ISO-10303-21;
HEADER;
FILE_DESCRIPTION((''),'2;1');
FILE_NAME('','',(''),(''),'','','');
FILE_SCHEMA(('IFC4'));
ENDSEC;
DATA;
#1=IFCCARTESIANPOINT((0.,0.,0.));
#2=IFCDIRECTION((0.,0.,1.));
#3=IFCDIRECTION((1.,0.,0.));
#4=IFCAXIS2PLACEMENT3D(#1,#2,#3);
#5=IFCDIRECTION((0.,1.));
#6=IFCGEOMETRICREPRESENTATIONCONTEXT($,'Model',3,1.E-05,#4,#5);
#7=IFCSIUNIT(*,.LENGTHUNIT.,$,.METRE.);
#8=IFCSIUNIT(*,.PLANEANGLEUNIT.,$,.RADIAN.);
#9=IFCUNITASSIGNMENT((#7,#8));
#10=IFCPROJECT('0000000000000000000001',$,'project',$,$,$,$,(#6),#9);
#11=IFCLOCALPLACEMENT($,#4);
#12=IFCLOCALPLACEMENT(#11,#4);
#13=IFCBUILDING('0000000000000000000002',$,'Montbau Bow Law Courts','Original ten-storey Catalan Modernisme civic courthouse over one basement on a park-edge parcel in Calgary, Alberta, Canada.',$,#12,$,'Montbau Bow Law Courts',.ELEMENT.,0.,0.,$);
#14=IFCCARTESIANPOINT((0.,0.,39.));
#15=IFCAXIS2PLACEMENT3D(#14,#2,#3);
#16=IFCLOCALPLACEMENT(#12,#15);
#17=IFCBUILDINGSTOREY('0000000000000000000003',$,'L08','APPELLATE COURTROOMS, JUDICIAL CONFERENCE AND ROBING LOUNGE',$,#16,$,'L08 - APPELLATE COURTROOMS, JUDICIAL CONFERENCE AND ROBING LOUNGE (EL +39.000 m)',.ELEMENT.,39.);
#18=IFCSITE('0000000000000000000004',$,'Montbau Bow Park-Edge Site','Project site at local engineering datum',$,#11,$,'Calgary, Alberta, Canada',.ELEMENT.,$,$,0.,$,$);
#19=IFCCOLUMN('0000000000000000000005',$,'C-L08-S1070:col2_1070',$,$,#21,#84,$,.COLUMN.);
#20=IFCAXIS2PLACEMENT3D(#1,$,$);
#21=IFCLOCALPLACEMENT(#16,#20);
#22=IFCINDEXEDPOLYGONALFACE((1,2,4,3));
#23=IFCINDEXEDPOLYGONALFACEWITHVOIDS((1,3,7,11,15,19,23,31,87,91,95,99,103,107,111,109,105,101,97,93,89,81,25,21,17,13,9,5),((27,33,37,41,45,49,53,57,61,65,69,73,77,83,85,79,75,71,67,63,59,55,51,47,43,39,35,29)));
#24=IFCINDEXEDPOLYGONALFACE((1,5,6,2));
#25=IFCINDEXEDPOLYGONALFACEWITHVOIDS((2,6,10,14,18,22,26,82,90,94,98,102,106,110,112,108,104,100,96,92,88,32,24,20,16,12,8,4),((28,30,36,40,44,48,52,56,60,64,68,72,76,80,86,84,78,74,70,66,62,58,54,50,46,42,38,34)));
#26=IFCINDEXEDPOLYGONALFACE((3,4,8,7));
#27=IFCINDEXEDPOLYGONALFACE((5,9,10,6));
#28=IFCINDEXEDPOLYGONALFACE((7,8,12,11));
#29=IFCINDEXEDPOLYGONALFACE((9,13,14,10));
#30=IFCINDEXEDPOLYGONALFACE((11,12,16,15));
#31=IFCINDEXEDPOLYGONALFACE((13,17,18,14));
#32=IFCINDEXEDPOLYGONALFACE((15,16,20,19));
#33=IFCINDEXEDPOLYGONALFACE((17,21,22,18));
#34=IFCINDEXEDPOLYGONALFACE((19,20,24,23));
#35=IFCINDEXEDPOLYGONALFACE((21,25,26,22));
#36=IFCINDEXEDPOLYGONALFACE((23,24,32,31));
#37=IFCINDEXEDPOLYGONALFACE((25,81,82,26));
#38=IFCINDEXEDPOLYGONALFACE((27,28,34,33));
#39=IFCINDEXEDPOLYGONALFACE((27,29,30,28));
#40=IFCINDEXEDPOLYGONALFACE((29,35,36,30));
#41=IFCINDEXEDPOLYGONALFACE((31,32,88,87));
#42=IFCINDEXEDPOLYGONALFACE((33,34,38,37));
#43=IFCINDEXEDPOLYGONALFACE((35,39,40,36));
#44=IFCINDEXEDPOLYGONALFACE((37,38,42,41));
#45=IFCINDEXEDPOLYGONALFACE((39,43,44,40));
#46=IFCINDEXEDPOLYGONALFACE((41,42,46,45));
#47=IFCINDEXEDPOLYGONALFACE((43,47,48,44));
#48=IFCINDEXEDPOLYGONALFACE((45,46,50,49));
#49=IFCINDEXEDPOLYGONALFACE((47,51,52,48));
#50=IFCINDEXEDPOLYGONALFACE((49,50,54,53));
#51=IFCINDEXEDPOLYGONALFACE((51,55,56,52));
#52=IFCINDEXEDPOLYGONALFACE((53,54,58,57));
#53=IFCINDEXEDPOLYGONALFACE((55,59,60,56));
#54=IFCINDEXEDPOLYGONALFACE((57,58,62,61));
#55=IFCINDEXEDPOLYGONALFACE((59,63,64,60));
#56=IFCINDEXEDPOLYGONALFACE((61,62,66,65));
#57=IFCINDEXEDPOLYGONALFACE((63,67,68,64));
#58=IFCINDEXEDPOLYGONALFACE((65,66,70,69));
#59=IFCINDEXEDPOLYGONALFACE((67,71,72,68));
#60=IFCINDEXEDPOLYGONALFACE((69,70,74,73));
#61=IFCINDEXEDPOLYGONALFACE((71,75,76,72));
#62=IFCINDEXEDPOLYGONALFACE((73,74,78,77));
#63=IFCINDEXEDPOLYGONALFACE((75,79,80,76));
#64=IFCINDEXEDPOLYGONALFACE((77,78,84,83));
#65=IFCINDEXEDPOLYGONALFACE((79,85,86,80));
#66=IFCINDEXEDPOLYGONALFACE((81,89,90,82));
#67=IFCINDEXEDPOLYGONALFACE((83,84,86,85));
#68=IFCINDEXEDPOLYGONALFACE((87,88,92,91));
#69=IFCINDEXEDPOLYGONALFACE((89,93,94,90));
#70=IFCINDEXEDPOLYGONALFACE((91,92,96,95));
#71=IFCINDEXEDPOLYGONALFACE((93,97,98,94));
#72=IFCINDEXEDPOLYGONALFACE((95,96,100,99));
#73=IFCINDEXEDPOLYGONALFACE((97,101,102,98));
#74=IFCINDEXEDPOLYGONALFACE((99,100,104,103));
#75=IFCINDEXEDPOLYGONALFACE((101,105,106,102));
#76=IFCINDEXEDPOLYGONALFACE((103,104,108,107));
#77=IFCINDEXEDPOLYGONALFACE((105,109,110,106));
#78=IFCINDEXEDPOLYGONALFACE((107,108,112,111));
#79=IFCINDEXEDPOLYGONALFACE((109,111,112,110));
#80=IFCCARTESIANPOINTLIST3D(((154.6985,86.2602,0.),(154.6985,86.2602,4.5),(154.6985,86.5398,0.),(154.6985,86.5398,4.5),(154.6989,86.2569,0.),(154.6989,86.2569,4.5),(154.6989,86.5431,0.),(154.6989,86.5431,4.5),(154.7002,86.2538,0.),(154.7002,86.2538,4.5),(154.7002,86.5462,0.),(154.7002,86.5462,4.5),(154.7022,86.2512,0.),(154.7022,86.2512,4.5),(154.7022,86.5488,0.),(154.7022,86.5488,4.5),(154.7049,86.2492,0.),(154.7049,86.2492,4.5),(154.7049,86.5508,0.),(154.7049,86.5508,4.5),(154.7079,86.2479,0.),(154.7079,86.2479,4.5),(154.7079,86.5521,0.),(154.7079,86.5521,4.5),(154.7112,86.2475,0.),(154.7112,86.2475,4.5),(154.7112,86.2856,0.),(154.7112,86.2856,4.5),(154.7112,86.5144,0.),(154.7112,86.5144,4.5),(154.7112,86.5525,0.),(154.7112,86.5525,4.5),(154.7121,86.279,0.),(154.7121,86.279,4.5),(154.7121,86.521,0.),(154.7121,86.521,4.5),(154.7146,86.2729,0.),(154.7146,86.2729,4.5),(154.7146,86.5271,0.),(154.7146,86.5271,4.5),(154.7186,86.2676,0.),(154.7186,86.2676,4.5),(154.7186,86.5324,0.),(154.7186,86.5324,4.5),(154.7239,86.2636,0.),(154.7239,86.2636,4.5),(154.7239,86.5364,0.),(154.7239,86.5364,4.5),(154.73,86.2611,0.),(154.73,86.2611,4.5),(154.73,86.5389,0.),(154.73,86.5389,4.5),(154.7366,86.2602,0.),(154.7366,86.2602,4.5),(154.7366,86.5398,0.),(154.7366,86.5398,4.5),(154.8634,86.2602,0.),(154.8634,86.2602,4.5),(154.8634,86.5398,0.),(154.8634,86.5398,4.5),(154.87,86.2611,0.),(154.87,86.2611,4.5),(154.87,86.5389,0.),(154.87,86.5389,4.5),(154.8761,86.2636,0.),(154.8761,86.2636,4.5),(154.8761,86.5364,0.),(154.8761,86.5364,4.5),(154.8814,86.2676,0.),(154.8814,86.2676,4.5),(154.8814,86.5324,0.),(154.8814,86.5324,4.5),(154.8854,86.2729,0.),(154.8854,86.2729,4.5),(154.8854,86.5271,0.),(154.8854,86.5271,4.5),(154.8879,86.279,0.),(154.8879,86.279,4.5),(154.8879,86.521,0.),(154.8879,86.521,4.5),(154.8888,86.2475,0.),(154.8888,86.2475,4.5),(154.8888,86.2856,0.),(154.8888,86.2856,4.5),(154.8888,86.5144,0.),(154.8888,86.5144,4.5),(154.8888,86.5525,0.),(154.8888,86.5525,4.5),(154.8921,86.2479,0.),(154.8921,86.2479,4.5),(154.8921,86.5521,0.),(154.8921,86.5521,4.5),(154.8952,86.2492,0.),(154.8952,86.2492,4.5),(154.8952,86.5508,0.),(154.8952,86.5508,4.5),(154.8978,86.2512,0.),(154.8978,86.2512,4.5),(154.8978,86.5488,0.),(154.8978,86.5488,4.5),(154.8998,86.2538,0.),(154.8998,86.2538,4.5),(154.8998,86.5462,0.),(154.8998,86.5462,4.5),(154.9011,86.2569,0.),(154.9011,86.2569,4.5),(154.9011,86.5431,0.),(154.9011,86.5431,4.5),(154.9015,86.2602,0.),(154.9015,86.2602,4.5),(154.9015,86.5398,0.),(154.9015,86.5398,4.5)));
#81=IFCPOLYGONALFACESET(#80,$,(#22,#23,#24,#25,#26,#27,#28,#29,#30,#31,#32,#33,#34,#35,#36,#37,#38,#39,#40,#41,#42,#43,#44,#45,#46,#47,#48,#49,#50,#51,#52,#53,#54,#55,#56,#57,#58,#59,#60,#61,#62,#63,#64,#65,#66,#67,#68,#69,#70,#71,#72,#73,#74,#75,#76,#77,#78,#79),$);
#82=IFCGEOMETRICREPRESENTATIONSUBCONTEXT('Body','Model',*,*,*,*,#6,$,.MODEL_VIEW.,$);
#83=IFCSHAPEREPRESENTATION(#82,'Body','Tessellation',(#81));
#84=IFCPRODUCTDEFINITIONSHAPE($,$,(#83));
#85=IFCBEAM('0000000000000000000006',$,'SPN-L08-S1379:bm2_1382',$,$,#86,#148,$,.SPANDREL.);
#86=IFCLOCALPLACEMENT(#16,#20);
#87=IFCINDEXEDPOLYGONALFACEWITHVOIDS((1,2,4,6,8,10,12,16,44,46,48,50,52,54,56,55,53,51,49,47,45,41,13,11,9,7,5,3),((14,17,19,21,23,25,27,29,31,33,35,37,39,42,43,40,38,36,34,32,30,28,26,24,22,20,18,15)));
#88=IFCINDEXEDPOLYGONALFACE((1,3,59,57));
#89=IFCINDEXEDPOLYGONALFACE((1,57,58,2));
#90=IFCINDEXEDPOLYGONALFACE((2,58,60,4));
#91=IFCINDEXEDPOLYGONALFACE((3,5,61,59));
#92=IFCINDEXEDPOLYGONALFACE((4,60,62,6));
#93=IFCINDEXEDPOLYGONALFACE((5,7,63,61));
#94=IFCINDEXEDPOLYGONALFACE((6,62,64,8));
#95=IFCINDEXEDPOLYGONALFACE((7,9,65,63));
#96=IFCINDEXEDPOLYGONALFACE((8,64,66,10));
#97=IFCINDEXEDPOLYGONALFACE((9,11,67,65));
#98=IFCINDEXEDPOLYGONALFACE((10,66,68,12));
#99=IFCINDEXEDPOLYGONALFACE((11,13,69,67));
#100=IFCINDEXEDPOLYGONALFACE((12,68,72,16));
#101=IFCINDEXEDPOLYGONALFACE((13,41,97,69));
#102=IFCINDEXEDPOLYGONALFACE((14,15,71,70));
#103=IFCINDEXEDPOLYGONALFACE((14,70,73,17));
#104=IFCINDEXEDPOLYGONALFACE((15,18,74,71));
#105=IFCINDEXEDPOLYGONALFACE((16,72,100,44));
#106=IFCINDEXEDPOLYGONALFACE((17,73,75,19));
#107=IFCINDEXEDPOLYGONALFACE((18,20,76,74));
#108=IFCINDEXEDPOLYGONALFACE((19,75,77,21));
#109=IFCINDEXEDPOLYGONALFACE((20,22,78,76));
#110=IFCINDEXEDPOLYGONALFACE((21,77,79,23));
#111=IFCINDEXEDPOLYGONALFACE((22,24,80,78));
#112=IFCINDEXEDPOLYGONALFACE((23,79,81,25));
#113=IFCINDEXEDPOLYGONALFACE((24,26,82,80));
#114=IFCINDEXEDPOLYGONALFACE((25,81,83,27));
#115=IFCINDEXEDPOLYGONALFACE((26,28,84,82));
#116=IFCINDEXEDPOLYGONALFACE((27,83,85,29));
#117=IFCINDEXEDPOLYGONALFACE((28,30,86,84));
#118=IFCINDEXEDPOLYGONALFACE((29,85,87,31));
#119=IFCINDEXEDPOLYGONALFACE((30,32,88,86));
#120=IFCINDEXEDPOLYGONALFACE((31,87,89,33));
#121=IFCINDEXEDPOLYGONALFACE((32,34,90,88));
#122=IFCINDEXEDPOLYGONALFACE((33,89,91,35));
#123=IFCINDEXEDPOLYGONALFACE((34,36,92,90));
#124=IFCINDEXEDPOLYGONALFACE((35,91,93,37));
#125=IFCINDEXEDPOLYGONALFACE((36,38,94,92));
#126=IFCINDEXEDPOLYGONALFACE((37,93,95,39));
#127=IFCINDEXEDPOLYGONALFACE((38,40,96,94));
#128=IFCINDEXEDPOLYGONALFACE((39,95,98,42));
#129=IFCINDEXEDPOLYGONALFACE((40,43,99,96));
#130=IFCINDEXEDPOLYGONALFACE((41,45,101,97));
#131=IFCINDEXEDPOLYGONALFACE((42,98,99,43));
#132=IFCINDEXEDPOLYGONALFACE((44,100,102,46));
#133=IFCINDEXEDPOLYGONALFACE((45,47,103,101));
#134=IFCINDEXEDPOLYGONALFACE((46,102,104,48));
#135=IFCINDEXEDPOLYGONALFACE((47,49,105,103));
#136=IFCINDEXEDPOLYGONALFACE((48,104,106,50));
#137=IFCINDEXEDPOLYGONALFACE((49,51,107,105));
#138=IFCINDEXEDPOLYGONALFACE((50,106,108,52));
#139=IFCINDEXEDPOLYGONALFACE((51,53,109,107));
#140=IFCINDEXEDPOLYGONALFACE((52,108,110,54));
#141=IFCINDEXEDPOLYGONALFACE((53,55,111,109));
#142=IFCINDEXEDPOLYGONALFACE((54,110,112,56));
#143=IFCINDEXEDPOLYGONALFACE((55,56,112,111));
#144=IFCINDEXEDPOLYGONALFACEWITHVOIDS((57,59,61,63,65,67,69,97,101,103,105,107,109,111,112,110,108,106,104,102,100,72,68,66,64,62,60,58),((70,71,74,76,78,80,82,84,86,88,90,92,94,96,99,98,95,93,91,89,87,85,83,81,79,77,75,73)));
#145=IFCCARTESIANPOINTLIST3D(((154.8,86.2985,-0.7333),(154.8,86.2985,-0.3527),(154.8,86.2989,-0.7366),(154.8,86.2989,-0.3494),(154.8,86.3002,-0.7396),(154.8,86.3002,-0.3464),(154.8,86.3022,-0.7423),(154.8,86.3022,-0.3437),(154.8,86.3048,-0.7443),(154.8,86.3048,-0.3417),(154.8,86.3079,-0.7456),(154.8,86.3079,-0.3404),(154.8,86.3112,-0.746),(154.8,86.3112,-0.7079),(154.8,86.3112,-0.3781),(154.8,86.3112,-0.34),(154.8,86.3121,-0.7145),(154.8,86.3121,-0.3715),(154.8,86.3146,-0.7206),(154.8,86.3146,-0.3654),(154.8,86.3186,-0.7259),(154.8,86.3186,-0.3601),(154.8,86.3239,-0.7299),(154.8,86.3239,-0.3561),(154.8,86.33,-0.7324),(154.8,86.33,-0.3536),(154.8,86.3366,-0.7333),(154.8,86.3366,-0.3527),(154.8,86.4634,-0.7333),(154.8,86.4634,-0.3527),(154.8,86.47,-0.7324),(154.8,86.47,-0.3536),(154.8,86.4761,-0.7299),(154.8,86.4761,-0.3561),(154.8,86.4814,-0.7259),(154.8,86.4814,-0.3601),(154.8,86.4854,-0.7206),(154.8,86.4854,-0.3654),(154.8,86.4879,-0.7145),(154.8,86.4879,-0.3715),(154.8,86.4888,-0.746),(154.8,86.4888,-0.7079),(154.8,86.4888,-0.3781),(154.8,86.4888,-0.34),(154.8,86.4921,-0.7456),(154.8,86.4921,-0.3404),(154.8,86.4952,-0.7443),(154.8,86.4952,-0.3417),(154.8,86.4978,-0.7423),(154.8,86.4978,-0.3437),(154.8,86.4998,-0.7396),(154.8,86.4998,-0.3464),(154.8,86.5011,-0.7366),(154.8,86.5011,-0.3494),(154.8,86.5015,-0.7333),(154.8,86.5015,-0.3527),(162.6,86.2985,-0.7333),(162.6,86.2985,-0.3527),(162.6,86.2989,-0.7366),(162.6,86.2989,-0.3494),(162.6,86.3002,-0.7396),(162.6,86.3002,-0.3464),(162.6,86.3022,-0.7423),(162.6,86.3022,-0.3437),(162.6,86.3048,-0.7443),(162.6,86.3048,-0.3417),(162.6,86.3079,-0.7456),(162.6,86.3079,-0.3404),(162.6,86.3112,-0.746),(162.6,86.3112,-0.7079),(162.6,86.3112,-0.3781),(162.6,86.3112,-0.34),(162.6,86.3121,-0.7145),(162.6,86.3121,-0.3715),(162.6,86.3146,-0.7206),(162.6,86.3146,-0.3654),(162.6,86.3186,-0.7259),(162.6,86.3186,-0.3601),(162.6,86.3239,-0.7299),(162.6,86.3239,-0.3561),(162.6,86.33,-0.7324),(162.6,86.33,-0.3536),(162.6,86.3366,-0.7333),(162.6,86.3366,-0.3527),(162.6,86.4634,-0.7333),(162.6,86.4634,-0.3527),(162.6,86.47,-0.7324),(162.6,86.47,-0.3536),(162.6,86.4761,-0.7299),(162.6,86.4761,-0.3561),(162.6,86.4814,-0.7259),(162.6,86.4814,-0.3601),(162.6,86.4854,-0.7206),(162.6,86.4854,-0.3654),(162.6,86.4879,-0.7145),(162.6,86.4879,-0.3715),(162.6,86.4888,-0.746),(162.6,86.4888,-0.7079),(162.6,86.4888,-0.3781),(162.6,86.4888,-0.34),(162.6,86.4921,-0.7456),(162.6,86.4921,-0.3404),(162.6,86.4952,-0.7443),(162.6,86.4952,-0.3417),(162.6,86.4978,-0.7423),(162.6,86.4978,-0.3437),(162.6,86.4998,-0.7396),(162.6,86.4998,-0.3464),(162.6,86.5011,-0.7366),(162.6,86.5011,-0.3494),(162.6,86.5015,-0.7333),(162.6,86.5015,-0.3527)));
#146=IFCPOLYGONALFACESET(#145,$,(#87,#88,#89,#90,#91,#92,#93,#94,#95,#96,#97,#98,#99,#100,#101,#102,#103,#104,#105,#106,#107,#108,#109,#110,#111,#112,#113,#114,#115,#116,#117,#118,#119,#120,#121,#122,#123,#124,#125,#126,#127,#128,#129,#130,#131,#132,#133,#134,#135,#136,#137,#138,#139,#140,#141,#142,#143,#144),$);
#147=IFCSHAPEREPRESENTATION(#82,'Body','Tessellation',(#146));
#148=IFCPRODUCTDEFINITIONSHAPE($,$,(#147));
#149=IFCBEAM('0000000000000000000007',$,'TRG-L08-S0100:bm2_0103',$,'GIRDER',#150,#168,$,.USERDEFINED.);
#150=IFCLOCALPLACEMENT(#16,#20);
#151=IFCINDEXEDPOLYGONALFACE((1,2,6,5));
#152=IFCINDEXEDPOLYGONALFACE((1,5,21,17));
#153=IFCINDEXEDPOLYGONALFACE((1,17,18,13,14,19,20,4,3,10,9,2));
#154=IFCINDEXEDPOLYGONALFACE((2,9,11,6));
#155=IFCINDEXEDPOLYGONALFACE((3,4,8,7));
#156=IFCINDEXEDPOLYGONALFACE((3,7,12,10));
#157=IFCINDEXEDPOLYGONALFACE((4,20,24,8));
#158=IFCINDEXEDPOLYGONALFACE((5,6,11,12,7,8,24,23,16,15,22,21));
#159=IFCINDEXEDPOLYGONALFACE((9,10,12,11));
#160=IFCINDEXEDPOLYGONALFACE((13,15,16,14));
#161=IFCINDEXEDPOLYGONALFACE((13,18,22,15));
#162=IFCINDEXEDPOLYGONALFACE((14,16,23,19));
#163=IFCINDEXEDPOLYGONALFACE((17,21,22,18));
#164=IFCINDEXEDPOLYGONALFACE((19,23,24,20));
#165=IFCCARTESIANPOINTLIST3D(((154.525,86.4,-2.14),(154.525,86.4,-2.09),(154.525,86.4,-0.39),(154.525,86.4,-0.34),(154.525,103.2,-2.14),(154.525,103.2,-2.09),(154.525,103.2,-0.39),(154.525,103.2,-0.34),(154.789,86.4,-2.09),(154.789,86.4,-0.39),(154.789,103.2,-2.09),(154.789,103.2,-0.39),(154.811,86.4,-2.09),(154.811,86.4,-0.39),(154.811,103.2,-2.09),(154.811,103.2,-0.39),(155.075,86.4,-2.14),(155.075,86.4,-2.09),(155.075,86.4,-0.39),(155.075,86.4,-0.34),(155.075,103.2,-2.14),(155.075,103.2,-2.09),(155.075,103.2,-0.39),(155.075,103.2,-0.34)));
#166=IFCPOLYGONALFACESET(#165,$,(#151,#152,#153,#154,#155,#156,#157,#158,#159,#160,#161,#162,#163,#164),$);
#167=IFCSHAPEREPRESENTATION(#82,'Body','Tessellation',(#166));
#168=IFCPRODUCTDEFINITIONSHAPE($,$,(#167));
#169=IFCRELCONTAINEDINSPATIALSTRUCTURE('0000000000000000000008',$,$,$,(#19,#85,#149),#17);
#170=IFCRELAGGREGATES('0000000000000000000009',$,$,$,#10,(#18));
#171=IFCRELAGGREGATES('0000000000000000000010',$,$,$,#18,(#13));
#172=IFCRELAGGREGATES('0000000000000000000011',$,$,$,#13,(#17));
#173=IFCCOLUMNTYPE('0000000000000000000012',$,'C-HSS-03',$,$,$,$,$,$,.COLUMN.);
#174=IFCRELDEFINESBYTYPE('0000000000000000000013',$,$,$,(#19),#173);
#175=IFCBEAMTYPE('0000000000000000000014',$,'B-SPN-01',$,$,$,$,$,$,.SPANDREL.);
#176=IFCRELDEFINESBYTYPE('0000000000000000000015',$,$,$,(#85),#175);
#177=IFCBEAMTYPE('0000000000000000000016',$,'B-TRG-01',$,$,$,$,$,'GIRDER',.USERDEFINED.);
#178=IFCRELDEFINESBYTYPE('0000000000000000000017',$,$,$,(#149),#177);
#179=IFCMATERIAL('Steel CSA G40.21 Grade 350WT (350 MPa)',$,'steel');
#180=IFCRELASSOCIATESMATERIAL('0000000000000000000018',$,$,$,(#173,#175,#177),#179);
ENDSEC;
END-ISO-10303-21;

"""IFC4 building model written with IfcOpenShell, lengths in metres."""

from ifc_helpers import new_model, si_unit, direction, frame, origin_with_axes, origin_2d_with_axis, place, context, subcontext, project, spatial, hollow_rectangle, i_section, extrude, material, material_profile, profile_set, type_object, element, save


model = new_model("IFC4")

# Units and contexts
model_context = context("Model", 3, precision=1e-05, world=origin_with_axes(), true_north=direction((0.0, 1.0)))
body_context = subcontext(model_context, "Body", "Model", "MODEL_VIEW")
ifc_project = project(units=[si_unit("LENGTHUNIT", "METRE"), si_unit("PLANEANGLEUNIT", "RADIAN")], contexts=[model_context])

# Site, building, storey
site_placement = place(None, origin_with_axes())
site = spatial("IfcSite", under=ifc_project, at=site_placement, Name="Montbau Bow Park-Edge Site", Description="Project site at local engineering datum", LongName="Calgary, Alberta, Canada", CompositionType="ELEMENT", RefElevation=0.0)
building_placement = place(site_placement, origin_with_axes())
building = spatial("IfcBuilding", under=site, at=building_placement, Name="Montbau Bow Law Courts", Description="Original ten-storey Catalan Modernisme civic courthouse over one basement on a park-edge parcel in Calgary, Alberta, Canada.", LongName="Montbau Bow Law Courts", CompositionType="ELEMENT", ElevationOfRefHeight=0.0, ElevationOfTerrain=0.0)
storey_placement = place(building_placement, frame((0.0, 0.0, 39.0), z_axis=(0.0, 0.0, 1.0), x_axis=(1.0, 0.0, 0.0)))
storey = spatial("IfcBuildingStorey", under=building, at=storey_placement, Name="L08", Description="APPELLATE COURTROOMS, JUDICIAL CONFERENCE AND ROBING LOUNGE", LongName="L08 - APPELLATE COURTROOMS, JUDICIAL CONFERENCE AND ROBING LOUNGE (EL +39.000 m)", CompositionType="ELEMENT", Elevation=39.0)

# Column
ifc_material_1 = material(Name="Steel CSA G40.21 Grade 350WT (350 MPa)", Category="steel")
ifc_material_profile_1 = material_profile(ifc_material_1, hollow_rectangle(XDim=0.203, YDim=0.305, WallThickness=0.0127, InnerFilletRadius=0.0254, OuterFilletRadius=0.0127, at=origin_2d_with_axis()), Name="HSS305X203X13", Category="Main", Priority=0)
ifc_profile_set_1 = profile_set([ifc_material_profile_1], Name="Steel CSA G40.21 Grade 350WT (350 MPa)")
column_type = type_object("IfcColumnType", Name="C-HSS-03", PredefinedType="COLUMN", material=ifc_profile_set_1)
column_placement = place(None, frame((154.8, 86.4, 39.0), z_axis=(0.0, 0.0, 1.0), x_axis=(1.0, 0.0, 0.0)))
element("IfcColumn", 1, at=column_placement, inside=storey, type_object=column_type, Name="C-L08-S1070:col2_1070", PredefinedType="COLUMN", context=body_context, shape_type="SweptSolid", body=[
    extrude(hollow_rectangle(XDim=0.203, YDim=0.305, WallThickness=0.0127, InnerFilletRadius=0.0254, OuterFilletRadius=0.0127, at=origin_2d_with_axis()), origin_with_axes(), (0.0, 0.0, 1.0), 4.5),
])

# Beams
ifc_material_profile_2 = material_profile(ifc_material_1, hollow_rectangle(XDim=0.203, YDim=0.406, WallThickness=0.0127, InnerFilletRadius=0.0254, OuterFilletRadius=0.0127, at=origin_2d_with_axis()), Name="HSS406X203X13", Category="Main", Priority=0)
ifc_profile_set_2 = profile_set([ifc_material_profile_2], Name="Steel CSA G40.21 Grade 350WT (350 MPa)")
beam_type_1 = type_object("IfcBeamType", Name="B-SPN-01", PredefinedType="SPANDREL", material=ifc_profile_set_2)
beam_1_placement = place(None, frame((154.8, 86.4, 38.457), z_axis=(1.0, 0.0, 0.0), x_axis=(0.0, 1.0, 0.0)))
element("IfcBeam", 2, at=beam_1_placement, inside=storey, type_object=beam_type_1, Name="SPN-L08-S1379:bm2_1382", PredefinedType="SPANDREL", context=body_context, shape_type="SweptSolid", body=[
    extrude(hollow_rectangle(XDim=0.203, YDim=0.406, WallThickness=0.0127, InnerFilletRadius=0.0254, OuterFilletRadius=0.0127, at=origin_2d_with_axis()), origin_with_axes(), (0.0, 0.0, 1.0), 7.8),
])
ifc_material_profile_3 = material_profile(ifc_material_1, i_section(OverallWidth=0.55, OverallDepth=1.8, WebThickness=0.022, FlangeThickness=0.05, at=origin_2d_with_axis()), Name="WWF1800X550", Category="Main", Priority=0)
ifc_profile_set_3 = profile_set([ifc_material_profile_3], Name="Steel CSA G40.21 Grade 350WT (350 MPa)")
beam_type_2 = type_object("IfcBeamType", Name="B-TRG-01", ElementType="GIRDER", PredefinedType="USERDEFINED", material=ifc_profile_set_3)
beam_2_placement = place(None, frame((154.8, 86.4, 37.76), z_axis=(0.0, 1.0, 0.0), x_axis=(-1.0, 0.0, 0.0)))
element("IfcBeam", 3, at=beam_2_placement, inside=storey, type_object=beam_type_2, Name="TRG-L08-S0100:bm2_0103", ObjectType="GIRDER", PredefinedType="USERDEFINED", context=body_context, shape_type="SweptSolid", body=[
    extrude(i_section(OverallWidth=0.55, OverallDepth=1.8, WebThickness=0.022, FlangeThickness=0.05, at=origin_2d_with_axis()), origin_with_axes(), (0.0, 0.0, 1.0), 16.8),
])

save(model, "model.ifc")
